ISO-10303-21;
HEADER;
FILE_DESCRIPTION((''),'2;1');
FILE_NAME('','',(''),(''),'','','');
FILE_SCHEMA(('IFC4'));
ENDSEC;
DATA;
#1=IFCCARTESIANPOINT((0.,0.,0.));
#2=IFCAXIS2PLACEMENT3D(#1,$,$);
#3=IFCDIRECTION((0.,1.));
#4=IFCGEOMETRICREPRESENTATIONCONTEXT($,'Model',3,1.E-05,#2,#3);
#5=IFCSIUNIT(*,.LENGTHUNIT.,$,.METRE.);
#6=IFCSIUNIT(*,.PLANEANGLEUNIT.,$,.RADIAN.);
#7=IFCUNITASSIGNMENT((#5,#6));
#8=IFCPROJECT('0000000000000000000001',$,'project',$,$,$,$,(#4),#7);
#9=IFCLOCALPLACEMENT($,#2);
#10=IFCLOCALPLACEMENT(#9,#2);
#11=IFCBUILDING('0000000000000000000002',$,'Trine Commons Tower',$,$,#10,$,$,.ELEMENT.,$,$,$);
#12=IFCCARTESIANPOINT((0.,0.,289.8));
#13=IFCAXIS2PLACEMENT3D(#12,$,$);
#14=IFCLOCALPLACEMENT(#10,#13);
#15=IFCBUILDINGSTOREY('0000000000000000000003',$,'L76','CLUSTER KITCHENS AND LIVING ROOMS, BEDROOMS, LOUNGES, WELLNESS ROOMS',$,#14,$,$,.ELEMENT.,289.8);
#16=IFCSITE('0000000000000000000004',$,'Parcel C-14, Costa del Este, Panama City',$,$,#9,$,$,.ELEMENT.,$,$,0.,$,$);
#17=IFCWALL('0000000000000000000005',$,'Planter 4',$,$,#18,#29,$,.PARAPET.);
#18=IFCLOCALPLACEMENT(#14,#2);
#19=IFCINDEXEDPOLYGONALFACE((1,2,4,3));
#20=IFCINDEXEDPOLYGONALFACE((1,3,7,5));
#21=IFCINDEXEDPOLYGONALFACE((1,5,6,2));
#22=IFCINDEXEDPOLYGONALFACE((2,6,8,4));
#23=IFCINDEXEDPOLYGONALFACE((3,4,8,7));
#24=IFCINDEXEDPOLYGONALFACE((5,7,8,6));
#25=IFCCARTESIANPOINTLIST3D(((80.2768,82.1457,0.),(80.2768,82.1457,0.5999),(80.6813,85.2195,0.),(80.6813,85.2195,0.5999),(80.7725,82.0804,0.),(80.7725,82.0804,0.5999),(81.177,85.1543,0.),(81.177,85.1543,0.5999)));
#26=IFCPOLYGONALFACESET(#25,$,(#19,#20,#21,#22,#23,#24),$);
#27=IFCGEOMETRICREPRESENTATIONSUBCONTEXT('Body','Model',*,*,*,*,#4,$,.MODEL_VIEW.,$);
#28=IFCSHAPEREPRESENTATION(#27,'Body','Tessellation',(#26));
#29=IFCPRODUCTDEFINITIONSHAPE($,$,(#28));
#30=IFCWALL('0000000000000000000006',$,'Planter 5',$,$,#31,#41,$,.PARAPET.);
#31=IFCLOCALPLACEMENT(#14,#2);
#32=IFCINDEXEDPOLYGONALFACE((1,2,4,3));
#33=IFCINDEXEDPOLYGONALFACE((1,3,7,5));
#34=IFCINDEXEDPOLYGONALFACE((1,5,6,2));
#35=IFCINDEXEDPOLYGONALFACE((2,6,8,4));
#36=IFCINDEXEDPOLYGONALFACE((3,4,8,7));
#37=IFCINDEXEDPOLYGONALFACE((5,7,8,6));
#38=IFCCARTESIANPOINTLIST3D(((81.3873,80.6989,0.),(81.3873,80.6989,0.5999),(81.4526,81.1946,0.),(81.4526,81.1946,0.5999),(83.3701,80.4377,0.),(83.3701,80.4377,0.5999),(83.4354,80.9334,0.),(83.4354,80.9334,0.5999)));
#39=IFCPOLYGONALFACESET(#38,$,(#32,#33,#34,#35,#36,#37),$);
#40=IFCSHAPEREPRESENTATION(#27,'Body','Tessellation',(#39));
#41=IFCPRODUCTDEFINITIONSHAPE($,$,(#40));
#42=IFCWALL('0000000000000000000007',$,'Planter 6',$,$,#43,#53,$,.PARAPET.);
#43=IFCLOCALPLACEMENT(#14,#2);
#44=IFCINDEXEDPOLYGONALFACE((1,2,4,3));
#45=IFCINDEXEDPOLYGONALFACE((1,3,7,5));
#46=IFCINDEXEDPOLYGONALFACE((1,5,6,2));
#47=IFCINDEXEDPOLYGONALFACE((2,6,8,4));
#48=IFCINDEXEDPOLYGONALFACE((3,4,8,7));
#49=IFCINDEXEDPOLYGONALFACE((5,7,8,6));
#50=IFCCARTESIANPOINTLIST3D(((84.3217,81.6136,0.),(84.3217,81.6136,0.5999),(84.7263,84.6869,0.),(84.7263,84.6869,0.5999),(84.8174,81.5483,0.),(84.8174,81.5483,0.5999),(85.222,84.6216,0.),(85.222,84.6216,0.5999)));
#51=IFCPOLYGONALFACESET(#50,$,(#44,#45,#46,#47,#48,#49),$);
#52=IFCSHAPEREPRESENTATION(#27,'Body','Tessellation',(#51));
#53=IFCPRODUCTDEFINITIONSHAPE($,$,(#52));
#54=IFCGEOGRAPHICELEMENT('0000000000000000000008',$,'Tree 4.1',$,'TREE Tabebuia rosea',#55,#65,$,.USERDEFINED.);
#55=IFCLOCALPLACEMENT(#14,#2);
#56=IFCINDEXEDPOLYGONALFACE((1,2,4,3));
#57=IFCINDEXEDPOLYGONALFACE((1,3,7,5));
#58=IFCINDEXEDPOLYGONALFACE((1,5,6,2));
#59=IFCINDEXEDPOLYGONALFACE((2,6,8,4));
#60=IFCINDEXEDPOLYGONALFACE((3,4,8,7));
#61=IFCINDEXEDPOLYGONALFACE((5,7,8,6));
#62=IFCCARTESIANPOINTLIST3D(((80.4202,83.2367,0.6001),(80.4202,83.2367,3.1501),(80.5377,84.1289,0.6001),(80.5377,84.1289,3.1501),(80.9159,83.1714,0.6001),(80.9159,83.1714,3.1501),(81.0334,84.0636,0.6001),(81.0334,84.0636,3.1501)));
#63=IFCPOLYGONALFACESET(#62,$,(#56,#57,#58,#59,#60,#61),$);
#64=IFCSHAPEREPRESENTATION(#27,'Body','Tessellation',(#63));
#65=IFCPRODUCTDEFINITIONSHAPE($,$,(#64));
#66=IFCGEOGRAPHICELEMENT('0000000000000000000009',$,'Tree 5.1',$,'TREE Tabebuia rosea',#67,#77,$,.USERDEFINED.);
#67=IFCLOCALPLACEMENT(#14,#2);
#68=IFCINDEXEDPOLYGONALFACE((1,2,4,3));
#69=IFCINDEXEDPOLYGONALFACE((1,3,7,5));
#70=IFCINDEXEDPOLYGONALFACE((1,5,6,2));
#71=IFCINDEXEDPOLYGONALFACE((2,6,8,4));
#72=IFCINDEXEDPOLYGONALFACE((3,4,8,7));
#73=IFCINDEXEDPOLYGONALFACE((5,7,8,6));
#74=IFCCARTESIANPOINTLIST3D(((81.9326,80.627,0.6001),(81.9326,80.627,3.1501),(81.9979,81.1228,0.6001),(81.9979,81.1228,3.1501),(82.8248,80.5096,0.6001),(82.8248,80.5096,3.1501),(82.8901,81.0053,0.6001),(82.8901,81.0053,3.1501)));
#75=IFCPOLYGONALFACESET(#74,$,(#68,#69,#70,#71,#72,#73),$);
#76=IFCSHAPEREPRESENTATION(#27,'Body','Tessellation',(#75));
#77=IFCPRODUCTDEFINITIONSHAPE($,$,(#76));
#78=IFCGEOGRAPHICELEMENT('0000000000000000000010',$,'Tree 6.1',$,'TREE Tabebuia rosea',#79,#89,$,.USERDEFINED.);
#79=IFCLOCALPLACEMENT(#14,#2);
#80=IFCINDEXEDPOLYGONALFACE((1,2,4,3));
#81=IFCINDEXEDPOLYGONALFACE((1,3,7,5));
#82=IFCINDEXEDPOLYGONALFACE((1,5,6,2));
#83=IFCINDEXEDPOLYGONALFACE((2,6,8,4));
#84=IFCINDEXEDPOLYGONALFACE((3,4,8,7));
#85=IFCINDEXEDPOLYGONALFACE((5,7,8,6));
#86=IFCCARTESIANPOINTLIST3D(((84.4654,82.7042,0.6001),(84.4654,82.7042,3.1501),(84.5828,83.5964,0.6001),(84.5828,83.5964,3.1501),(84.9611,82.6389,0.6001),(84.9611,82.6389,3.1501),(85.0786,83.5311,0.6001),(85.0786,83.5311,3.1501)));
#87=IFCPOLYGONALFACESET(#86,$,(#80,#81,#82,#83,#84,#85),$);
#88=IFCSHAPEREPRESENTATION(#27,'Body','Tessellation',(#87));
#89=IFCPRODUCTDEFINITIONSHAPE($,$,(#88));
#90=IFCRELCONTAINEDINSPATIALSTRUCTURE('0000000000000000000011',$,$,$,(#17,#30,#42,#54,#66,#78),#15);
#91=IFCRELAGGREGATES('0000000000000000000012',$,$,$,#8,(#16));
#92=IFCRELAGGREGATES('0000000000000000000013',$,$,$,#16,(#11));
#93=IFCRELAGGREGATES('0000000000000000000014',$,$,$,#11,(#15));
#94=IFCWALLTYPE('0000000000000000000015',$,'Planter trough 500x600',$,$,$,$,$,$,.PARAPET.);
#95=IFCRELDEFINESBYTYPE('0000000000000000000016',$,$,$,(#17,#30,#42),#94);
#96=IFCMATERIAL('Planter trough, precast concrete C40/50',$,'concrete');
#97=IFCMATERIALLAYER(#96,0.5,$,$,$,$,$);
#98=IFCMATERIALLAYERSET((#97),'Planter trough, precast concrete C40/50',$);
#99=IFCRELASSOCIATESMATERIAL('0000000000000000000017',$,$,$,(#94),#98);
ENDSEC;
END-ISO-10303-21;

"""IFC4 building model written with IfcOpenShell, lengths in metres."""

from ifc_helpers import new_model, si_unit, direction, frame, frame_2d, origin, origin_2d, place, context, subcontext, project, spatial, rectangle, extrude, material, layer, layer_set, type_object, element, save


model = new_model("IFC4")

# Units and contexts
model_context = context("Model", 3, precision=1e-05, world=origin(), true_north=direction((0.0, 1.0)))
body_context = subcontext(model_context, "Body", "Model", "MODEL_VIEW")
ifc_project = project(units=[si_unit("LENGTHUNIT", "METRE"), si_unit("PLANEANGLEUNIT", "RADIAN")], contexts=[model_context])

# Site, building, storey
site_placement = place(None, origin())
site = spatial("IfcSite", under=ifc_project, at=site_placement, Name="Parcel C-14, Costa del Este, Panama City", CompositionType="ELEMENT", RefElevation=0.0)
building_placement = place(site_placement, origin())
building = spatial("IfcBuilding", under=site, at=building_placement, Name="Trine Commons Tower", CompositionType="ELEMENT")
storey_placement = place(building_placement, frame((0.0, 0.0, 289.8)))
storey = spatial("IfcBuildingStorey", under=building, at=storey_placement, Name="L76", Description="CLUSTER KITCHENS AND LIVING ROOMS, BEDROOMS, LOUNGES, WELLNESS ROOMS", CompositionType="ELEMENT", Elevation=289.8)

# Walls
ifc_material_1 = material(Name="Planter trough, precast concrete C40/50", Category="concrete")
ifc_layer_1 = layer(ifc_material_1, 0.5)
ifc_layer_set_1 = layer_set([ifc_layer_1], Name="Planter trough, precast concrete C40/50")
wall_type_1 = type_object("IfcWallType", Name="Planter trough 500x600", PredefinedType="PARAPET", material=ifc_layer_set_1)
wall_1_placement = place(storey_placement, frame((80.9292, 85.187, 0.0), z_axis=(0.0, 0.0, 1.0), x_axis=(-0.130487, -0.99145, 0.0)))
element("IfcWall", 1, at=wall_1_placement, inside=storey, type_object=wall_type_1, Name="Planter 4", PredefinedType="PARAPET", context=body_context, shape_type="SweptSolid", body=[
    extrude(rectangle(XDim=3.1003, YDim=0.5, at=frame_2d((1.5503, 0.0))), origin(), (0.0, 0.0, 1.0), 0.5999),
])
wall_2_placement = place(storey_placement, frame((81.4199, 80.9468, 0.0), z_axis=(0.0, 0.0, 1.0), x_axis=(0.991434, -0.130612, 0.0)))
element("IfcWall", 2, at=wall_2_placement, inside=storey, type_object=wall_type_1, Name="Planter 5", PredefinedType="PARAPET", context=body_context, shape_type="SweptSolid", body=[
    extrude(rectangle(XDim=2.0, YDim=0.5, at=frame_2d((1.0, 0.0))), origin(), (0.0, 0.0, 1.0), 0.5999),
])
wall_3_placement = place(storey_placement, frame((84.5696, 81.5811, 0.0), z_axis=(0.0, 0.0, 1.0), x_axis=(0.130507, 0.991447, 0.0)))
element("IfcWall", 3, at=wall_3_placement, inside=storey, type_object=wall_type_1, Name="Planter 6", PredefinedType="PARAPET", context=body_context, shape_type="SweptSolid", body=[
    extrude(rectangle(XDim=3.0999, YDim=0.5, at=frame_2d((1.5498, 0.0))), origin(), (0.0, 0.0, 1.0), 0.5999),
])

# Geographic elements
for number, where, z_axis, x_axis, name in (
    (4, (80.7268, 83.6501, 0.6001), (0.0, 0.0, 1.0), (-0.130514, -0.991446, 0.0), "Tree 4.1"),
    (5, (82.4114, 80.8162, 0.6001), (0.0, 0.0, 1.0), (0.991443, -0.130543, 0.0), "Tree 5.1"),
    (6, (84.772, 83.1177, 0.6001), (0.0, 0.0, 1.0), (0.130518, 0.991446, 0.0), "Tree 6.1"),
):
    element("IfcGeographicElement", number, at=place(storey_placement, frame(where, z_axis=z_axis, x_axis=x_axis)), inside=storey, Name=name, ObjectType="TREE Tabebuia rosea", PredefinedType="USERDEFINED", context=body_context, shape_type="SweptSolid", body=[
        extrude(rectangle(XDim=0.8999, YDim=0.5, at=origin_2d()), origin(), (0.0, 0.0, 1.0), 2.55),
    ])

save(model, "model.ifc")
